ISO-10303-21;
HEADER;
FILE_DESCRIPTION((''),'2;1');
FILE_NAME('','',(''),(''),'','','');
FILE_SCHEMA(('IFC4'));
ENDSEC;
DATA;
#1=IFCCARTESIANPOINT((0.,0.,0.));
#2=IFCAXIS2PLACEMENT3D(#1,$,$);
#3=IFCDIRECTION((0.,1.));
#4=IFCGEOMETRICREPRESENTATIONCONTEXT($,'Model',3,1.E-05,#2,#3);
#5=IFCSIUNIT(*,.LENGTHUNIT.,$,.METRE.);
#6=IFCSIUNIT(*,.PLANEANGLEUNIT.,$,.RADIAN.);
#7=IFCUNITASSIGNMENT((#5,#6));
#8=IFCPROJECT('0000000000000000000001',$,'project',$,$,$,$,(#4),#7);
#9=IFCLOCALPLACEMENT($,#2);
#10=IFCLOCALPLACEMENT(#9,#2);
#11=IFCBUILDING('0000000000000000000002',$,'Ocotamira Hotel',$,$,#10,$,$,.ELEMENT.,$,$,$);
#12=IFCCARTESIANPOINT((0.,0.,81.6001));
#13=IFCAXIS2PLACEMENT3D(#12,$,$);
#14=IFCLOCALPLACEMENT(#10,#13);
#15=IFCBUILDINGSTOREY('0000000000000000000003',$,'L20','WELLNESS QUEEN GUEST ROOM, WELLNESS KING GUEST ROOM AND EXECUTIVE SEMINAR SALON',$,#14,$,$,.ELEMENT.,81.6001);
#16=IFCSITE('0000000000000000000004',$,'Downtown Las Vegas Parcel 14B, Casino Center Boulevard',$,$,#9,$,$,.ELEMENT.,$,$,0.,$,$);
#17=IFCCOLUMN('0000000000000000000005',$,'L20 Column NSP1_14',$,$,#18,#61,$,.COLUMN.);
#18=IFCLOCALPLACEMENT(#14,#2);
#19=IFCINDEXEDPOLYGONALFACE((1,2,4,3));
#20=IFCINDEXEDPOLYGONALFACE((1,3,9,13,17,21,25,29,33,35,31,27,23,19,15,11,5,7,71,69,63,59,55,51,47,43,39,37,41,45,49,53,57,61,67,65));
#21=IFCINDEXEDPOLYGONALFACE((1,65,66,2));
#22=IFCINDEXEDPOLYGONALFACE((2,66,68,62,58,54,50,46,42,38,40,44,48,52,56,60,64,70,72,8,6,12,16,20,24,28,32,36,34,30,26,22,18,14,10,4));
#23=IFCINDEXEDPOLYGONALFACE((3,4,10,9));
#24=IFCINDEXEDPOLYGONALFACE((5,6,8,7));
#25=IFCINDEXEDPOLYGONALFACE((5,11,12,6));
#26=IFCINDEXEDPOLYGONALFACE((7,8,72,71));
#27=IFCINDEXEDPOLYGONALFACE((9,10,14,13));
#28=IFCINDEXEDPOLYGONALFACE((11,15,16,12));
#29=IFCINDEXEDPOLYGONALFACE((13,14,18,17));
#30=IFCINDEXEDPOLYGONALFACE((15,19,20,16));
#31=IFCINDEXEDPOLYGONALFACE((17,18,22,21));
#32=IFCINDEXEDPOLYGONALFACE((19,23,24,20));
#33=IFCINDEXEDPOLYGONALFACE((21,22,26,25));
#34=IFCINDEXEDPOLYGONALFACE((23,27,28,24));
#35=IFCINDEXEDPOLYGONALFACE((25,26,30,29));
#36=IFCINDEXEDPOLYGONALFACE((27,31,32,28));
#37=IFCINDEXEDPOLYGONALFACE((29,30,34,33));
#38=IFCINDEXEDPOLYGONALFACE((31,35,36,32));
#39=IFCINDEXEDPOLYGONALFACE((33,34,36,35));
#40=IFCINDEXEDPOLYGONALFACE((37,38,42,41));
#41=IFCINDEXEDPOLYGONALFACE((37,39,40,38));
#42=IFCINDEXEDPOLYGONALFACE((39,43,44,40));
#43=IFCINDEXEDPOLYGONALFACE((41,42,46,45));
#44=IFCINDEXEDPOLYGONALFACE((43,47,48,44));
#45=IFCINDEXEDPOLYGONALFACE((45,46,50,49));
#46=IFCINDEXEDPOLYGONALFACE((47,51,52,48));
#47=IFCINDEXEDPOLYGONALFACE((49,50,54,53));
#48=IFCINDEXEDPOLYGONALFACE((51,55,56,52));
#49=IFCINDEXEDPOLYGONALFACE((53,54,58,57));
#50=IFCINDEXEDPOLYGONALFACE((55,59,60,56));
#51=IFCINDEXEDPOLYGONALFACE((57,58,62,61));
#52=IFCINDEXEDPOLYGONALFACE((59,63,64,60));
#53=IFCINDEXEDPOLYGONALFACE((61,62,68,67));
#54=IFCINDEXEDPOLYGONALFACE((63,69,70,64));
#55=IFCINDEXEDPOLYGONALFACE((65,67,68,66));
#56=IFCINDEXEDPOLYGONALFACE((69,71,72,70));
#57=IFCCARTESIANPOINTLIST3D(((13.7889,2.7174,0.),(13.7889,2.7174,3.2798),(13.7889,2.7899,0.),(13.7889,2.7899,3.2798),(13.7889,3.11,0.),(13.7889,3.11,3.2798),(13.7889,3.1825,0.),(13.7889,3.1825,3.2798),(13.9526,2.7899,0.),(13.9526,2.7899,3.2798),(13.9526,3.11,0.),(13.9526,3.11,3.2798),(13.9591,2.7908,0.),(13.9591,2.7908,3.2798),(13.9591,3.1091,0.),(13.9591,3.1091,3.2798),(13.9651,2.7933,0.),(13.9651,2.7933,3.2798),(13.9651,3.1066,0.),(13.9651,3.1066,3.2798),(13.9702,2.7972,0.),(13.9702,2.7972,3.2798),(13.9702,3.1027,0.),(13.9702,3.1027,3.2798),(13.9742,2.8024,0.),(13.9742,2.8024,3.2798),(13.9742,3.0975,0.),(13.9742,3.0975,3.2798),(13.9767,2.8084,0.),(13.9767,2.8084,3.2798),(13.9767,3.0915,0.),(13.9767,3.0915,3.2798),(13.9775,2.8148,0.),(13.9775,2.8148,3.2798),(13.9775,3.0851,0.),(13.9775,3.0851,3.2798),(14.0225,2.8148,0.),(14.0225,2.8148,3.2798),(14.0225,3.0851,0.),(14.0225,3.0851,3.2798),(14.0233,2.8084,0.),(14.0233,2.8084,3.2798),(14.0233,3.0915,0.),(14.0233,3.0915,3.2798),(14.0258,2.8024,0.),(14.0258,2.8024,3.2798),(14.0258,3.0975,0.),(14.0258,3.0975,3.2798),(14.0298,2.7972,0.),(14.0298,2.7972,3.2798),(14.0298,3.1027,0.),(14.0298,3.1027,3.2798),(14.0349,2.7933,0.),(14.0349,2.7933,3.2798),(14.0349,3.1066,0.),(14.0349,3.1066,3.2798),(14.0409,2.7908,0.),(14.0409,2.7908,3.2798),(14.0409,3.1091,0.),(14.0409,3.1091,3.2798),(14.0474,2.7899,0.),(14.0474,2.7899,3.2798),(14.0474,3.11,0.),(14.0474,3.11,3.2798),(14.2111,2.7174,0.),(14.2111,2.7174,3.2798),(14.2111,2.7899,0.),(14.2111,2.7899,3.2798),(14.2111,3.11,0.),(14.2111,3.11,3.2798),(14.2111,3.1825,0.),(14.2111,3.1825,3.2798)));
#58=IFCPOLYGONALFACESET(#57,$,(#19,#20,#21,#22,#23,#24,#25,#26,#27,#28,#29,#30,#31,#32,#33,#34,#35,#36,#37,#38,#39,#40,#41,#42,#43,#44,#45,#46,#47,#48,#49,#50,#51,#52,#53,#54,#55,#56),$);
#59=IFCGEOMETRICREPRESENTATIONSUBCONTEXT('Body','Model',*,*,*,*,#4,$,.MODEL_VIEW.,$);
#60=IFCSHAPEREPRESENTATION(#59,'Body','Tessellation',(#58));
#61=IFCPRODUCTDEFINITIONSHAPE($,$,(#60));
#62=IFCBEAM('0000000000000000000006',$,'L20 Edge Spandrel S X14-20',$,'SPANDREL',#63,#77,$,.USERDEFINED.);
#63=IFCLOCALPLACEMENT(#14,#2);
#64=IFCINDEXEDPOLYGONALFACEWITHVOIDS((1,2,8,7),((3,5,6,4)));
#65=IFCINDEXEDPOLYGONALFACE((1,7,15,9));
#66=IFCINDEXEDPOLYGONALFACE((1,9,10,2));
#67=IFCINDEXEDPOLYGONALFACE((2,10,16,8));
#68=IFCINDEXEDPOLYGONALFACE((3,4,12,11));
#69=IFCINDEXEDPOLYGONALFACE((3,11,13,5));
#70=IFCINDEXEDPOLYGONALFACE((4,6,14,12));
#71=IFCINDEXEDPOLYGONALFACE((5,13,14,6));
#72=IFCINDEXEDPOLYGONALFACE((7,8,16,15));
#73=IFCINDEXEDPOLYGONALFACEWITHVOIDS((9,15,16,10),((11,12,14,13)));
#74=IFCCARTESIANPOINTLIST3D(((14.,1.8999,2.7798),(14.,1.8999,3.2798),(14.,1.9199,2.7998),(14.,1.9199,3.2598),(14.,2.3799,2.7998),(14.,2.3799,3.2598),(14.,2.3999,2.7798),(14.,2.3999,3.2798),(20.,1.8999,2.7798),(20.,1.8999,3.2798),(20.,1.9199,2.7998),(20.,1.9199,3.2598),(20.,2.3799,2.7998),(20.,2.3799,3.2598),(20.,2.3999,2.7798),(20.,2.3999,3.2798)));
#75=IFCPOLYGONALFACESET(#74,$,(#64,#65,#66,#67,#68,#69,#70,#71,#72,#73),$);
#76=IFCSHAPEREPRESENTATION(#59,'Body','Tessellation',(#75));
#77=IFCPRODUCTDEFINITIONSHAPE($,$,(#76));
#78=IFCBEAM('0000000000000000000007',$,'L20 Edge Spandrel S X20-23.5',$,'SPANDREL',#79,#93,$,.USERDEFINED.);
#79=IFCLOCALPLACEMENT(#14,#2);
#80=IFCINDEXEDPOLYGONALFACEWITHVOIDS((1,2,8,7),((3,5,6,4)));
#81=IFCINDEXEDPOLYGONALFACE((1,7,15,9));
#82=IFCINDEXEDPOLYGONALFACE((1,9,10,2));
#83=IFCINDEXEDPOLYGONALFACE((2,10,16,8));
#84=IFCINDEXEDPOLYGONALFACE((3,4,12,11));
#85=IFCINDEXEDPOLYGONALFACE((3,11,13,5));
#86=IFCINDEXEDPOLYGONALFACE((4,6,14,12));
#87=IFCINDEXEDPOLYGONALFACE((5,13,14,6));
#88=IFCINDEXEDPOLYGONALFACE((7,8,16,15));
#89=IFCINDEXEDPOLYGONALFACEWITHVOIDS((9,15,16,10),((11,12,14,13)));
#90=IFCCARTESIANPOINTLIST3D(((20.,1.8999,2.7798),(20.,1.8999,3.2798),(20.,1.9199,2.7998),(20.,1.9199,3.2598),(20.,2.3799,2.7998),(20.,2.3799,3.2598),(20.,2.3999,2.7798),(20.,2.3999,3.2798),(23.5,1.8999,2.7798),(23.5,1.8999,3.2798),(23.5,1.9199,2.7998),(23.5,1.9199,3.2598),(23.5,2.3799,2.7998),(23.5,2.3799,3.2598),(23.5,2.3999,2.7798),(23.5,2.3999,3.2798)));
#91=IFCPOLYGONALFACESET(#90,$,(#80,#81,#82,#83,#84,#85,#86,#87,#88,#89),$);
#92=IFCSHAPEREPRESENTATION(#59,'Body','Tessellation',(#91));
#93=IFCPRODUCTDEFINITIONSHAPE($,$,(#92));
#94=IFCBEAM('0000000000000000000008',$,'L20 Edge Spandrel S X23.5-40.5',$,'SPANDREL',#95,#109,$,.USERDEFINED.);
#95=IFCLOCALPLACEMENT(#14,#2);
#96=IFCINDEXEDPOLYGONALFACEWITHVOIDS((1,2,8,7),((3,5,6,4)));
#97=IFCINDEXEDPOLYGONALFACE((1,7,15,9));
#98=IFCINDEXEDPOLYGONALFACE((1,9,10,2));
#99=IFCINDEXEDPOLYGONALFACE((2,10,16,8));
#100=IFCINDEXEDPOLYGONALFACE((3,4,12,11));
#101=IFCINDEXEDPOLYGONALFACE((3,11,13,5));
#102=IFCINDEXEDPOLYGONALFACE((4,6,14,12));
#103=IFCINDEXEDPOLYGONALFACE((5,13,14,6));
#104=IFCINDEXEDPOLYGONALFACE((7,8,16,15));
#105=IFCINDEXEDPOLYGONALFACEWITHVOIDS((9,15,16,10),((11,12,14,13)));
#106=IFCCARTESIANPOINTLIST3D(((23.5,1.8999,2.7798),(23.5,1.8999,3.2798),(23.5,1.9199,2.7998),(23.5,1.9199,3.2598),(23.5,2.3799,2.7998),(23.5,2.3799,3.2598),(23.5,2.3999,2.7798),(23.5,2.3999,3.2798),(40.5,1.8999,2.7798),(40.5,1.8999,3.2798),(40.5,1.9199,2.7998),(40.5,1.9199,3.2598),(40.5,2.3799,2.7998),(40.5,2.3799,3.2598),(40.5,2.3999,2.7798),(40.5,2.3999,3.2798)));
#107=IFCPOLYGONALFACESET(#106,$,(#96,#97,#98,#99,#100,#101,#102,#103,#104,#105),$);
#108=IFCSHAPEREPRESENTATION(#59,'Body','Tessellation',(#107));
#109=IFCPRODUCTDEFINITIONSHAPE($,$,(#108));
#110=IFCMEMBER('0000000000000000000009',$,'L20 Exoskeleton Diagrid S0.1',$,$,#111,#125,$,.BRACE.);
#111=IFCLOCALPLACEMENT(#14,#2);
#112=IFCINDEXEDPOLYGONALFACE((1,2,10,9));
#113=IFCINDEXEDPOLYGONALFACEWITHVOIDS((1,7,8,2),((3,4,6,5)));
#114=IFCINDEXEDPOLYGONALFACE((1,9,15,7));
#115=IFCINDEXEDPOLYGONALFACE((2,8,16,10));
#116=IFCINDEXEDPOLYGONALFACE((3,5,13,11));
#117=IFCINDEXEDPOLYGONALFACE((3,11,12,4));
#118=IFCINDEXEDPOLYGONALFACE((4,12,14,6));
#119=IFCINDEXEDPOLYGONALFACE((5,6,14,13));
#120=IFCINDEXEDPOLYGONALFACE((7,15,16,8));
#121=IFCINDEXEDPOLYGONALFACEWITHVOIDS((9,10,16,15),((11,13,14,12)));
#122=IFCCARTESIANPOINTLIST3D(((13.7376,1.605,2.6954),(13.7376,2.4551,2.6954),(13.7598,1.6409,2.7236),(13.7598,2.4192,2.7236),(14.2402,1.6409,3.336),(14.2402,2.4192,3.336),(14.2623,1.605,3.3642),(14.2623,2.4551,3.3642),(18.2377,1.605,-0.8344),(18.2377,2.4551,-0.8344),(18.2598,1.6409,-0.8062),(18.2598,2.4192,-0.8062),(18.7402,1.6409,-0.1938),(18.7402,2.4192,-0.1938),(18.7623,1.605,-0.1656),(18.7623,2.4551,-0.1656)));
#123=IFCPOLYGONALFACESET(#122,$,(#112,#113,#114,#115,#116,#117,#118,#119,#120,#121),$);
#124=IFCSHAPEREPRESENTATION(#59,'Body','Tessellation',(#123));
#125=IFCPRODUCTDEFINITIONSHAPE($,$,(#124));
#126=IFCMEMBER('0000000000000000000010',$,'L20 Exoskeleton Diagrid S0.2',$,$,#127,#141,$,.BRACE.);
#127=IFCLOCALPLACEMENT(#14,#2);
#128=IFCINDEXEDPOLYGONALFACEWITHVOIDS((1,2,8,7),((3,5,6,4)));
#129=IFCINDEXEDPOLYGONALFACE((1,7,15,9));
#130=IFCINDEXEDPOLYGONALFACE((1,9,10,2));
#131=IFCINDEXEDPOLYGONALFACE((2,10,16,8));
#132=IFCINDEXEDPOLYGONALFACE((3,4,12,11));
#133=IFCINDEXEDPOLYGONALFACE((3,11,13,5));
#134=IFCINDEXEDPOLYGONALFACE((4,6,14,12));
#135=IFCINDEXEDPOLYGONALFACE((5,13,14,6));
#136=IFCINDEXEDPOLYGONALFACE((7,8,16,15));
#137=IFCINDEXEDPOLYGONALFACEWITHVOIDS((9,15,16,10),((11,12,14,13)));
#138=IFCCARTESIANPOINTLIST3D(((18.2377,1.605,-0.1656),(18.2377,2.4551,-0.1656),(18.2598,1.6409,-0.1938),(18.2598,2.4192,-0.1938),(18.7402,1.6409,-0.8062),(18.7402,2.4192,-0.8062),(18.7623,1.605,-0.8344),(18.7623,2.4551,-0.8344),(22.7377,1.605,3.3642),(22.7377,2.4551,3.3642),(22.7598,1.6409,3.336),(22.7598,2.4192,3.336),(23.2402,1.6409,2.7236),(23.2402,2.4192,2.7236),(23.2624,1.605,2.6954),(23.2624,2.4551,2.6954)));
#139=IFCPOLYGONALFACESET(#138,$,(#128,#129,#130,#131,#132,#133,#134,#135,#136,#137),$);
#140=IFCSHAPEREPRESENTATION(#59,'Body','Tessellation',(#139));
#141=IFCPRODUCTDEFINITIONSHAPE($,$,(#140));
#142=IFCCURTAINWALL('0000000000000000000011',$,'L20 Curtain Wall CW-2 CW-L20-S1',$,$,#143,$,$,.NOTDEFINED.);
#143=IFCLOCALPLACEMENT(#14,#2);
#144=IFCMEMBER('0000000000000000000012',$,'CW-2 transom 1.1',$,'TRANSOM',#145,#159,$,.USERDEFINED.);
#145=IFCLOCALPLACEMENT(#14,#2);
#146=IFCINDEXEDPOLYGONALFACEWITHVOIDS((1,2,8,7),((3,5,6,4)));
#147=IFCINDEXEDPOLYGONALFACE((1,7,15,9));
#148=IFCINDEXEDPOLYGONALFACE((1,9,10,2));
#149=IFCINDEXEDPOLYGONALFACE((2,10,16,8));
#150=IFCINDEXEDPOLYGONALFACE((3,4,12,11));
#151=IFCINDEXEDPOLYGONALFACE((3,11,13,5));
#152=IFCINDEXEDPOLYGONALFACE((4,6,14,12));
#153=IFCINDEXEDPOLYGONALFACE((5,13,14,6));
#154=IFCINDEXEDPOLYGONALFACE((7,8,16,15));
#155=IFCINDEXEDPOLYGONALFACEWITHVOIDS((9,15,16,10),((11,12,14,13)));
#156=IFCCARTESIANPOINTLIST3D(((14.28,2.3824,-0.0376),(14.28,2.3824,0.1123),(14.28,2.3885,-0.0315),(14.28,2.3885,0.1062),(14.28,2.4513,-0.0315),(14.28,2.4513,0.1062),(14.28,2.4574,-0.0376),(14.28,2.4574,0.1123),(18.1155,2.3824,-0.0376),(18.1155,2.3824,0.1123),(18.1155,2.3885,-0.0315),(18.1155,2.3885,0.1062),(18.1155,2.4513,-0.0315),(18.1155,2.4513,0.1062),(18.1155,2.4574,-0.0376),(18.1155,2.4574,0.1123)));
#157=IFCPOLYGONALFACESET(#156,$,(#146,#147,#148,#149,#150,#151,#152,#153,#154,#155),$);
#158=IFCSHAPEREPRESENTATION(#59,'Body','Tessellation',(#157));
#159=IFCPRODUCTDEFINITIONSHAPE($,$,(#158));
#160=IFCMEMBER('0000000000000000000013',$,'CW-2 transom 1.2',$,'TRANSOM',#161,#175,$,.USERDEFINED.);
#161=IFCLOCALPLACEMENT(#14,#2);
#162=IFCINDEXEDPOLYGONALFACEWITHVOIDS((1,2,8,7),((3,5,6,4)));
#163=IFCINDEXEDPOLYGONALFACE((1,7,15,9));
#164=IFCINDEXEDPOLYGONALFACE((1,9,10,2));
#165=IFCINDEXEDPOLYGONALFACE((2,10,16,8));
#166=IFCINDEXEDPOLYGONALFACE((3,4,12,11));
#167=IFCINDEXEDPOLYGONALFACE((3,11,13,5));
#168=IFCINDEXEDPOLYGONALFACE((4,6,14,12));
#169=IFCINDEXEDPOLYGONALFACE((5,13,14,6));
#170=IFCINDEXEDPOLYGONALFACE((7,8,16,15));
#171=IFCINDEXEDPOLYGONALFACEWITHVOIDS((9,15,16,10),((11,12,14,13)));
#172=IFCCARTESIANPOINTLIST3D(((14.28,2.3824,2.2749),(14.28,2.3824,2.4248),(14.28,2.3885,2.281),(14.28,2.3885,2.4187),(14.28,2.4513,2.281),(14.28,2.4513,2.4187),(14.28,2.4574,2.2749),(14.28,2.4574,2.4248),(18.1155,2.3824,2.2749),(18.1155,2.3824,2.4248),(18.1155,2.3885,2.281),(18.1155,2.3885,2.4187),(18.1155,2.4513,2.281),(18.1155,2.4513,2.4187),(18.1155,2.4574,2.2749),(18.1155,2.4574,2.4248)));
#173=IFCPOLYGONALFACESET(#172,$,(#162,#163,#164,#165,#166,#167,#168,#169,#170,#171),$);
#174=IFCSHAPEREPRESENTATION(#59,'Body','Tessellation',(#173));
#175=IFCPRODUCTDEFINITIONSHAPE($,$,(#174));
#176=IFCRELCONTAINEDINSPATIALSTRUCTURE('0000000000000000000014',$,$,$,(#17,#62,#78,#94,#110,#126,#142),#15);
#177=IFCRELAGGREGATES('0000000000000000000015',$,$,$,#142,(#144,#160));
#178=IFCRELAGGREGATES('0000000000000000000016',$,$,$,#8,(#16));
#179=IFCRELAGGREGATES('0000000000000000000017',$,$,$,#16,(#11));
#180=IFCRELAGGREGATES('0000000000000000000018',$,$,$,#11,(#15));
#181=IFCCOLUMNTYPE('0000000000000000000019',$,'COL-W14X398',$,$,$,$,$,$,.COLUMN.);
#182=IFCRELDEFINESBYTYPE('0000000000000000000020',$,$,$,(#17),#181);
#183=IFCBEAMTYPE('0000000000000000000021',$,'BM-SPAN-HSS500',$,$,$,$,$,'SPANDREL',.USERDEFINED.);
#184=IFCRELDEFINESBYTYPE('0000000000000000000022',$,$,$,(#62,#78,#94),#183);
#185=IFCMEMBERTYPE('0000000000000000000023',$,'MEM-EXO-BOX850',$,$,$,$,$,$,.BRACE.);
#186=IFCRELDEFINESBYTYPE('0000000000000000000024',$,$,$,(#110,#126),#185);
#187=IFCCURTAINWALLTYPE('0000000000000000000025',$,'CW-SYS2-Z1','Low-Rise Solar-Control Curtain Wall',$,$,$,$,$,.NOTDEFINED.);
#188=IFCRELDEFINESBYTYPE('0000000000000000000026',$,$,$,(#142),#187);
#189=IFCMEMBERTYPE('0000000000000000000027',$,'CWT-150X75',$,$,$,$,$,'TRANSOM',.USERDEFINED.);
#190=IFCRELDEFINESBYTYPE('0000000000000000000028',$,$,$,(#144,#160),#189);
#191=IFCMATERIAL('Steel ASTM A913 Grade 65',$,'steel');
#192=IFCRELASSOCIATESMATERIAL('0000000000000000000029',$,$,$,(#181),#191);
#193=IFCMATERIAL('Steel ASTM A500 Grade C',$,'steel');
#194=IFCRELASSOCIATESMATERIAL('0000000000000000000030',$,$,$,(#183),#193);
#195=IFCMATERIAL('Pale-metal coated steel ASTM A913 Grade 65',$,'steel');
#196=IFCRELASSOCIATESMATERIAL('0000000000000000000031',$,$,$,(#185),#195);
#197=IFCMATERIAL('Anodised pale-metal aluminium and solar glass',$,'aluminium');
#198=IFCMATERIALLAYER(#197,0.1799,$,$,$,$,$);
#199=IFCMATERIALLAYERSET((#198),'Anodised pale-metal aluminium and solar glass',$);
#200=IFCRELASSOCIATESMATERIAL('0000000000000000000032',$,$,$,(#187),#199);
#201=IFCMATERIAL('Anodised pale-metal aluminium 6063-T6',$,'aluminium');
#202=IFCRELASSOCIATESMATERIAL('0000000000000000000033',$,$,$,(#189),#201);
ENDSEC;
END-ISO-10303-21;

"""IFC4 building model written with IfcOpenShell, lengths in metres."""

from ifc_helpers import new_model, si_unit, direction, frame, origin, origin_2d, place, context, subcontext, project, spatial, hollow_rectangle, i_section, extrude, source, transform, mapped, material, layer, layer_set, material_profile, profile_set, type_object, element, aggregate, save


model = new_model("IFC4")

# Units and contexts
model_context = context("Model", 3, precision=1e-05, world=origin(), true_north=direction((0.0, 1.0)))
body_context = subcontext(model_context, "Body", "Model", "MODEL_VIEW")
ifc_project = project(units=[si_unit("LENGTHUNIT", "METRE"), si_unit("PLANEANGLEUNIT", "RADIAN")], contexts=[model_context])

# Site, building, storey
site_placement = place(None, origin())
site = spatial("IfcSite", under=ifc_project, at=site_placement, Name="Downtown Las Vegas Parcel 14B, Casino Center Boulevard", CompositionType="ELEMENT", RefElevation=0.0)
building_placement = place(site_placement, origin())
building = spatial("IfcBuilding", under=site, at=building_placement, Name="Ocotamira Hotel", CompositionType="ELEMENT")
storey_placement = place(building_placement, frame((0.0, 0.0, 81.6001)))
storey = spatial("IfcBuildingStorey", under=building, at=storey_placement, Name="L20", Description="WELLNESS QUEEN GUEST ROOM, WELLNESS KING GUEST ROOM AND EXECUTIVE SEMINAR SALON", CompositionType="ELEMENT", Elevation=81.6001)

# Column
ifc_material_1 = material(Name="Steel ASTM A913 Grade 65", Category="steel")
ifc_material_profile_1 = material_profile(ifc_material_1, i_section(OverallWidth=0.4221, OverallDepth=0.4651, WebThickness=0.0449, FlangeThickness=0.0725, FilletRadius=0.0249, at=origin_2d()), Name="W14X398")
ifc_profile_set_1 = profile_set([ifc_material_profile_1], Name="Steel ASTM A913 Grade 65")
column_type = type_object("IfcColumnType", Name="COL-W14X398", PredefinedType="COLUMN", material=ifc_profile_set_1)
shared_shape_1 = source(origin(), body_context, "Body", "SweptSolid", [
    extrude(i_section(OverallWidth=0.4221, OverallDepth=0.4651, WebThickness=0.0449, FlangeThickness=0.0725, FilletRadius=0.0249, at=origin_2d()), origin(), (0.0, 0.0, 1.0), 3.2798),
])
column_placement = place(storey_placement, frame((14.0, 2.95, 0.0), z_axis=(0.0, 0.0, 1.0), x_axis=(1.0, 0.0, 0.0)))
element("IfcColumn", 1, at=column_placement, inside=storey, type_object=column_type, Name="L20 Column NSP1_14", PredefinedType="COLUMN", context=body_context, shape_type="MappedRepresentation", body=[
    mapped(shared_shape_1, transform((0.0, 0.0, 0.0), scale=1.0)),
])

# Beams
ifc_material_2 = material(Name="Steel ASTM A500 Grade C", Category="steel")
ifc_material_profile_2 = material_profile(ifc_material_2, hollow_rectangle(XDim=0.5, YDim=0.5, WallThickness=0.02, at=origin_2d()), Name="HSS500X500X20")
ifc_profile_set_2 = profile_set([ifc_material_profile_2], Name="Steel ASTM A500 Grade C")
beam_type = type_object("IfcBeamType", Name="BM-SPAN-HSS500", ElementType="SPANDREL", PredefinedType="USERDEFINED", material=ifc_profile_set_2)
shared_shape_2 = source(origin(), body_context, "Body", "SweptSolid", [
    extrude(hollow_rectangle(XDim=0.5, YDim=0.5, WallThickness=0.02, at=origin_2d()), origin(), (0.0, 0.0, 1.0), 6.0),
])
beam_1_placement = place(storey_placement, frame((14.0, 2.1499, 3.0298), z_axis=(1.0, 0.0, 0.0), x_axis=(0.0, 1.0, 0.0)))
element("IfcBeam", 2, at=beam_1_placement, inside=storey, type_object=beam_type, Name="L20 Edge Spandrel S X14-20", ObjectType="SPANDREL", PredefinedType="USERDEFINED", context=body_context, shape_type="MappedRepresentation", body=[
    mapped(shared_shape_2, transform((0.0, 0.0, 0.0), scale=1.0)),
])
shared_shape_3 = source(origin(), body_context, "Body", "SweptSolid", [
    extrude(hollow_rectangle(XDim=0.5, YDim=0.5, WallThickness=0.02, at=origin_2d()), origin(), (0.0, 0.0, 1.0), 3.5),
])
beam_2_placement = place(storey_placement, frame((20.0, 2.1499, 3.0298), z_axis=(1.0, 0.0, 0.0), x_axis=(0.0, 1.0, 0.0)))
element("IfcBeam", 3, at=beam_2_placement, inside=storey, type_object=beam_type, Name="L20 Edge Spandrel S X20-23.5", ObjectType="SPANDREL", PredefinedType="USERDEFINED", context=body_context, shape_type="MappedRepresentation", body=[
    mapped(shared_shape_3, transform((0.0, 0.0, 0.0), scale=1.0)),
])
shared_shape_4 = source(origin(), body_context, "Body", "SweptSolid", [
    extrude(hollow_rectangle(XDim=0.5, YDim=0.5, WallThickness=0.02, at=origin_2d()), origin(), (0.0, 0.0, 1.0), 17.0),
])
beam_3_placement = place(storey_placement, frame((23.5, 2.1499, 3.0298), z_axis=(1.0, 0.0, 0.0), x_axis=(0.0, 1.0, 0.0)))
element("IfcBeam", 4, at=beam_3_placement, inside=storey, type_object=beam_type, Name="L20 Edge Spandrel S X23.5-40.5", ObjectType="SPANDREL", PredefinedType="USERDEFINED", context=body_context, shape_type="MappedRepresentation", body=[
    mapped(shared_shape_4, transform((0.0, 0.0, 0.0), scale=1.0)),
])

# Members
ifc_material_3 = material(Name="Pale-metal coated steel ASTM A913 Grade 65", Category="steel")
ifc_material_profile_3 = material_profile(ifc_material_3, hollow_rectangle(XDim=0.8501, YDim=0.8501, WallThickness=0.0359, at=origin_2d()), Name="BOX850X850X36")
ifc_profile_set_3 = profile_set([ifc_material_profile_3], Name="Pale-metal coated steel ASTM A913 Grade 65")
member_type_1 = type_object("IfcMemberType", Name="MEM-EXO-BOX850", PredefinedType="BRACE", material=ifc_profile_set_3)
shared_shape_5 = source(origin(), body_context, "Body", "SweptSolid", [
    extrude(hollow_rectangle(XDim=0.8501, YDim=0.8501, WallThickness=0.0359, at=origin_2d()), origin(), (0.0, 0.0, 1.0), 5.7192),
])
for number, where, z_axis, x_axis, name in (
    (5, (18.5, 2.03, -0.5), (-0.786822, 0.0, 0.61718), (0.0, -1.0, 0.0), "L20 Exoskeleton Diagrid S0.1"),
    (6, (18.5, 2.03, -0.5), (0.786822, 0.0, 0.61718), (0.0, 1.0, 0.0), "L20 Exoskeleton Diagrid S0.2"),
):
    element("IfcMember", number, at=place(storey_placement, frame(where, z_axis=z_axis, x_axis=x_axis)), inside=storey, type_object=member_type_1, Name=name, PredefinedType="BRACE", context=body_context, shape_type="MappedRepresentation", body=[
        mapped(shared_shape_5, transform((0.0, 0.0, 0.0), scale=1.0)),
    ])

# Curtain wall, members
ifc_material_4 = material(Name="Anodised pale-metal aluminium and solar glass", Category="aluminium")
ifc_layer_1 = layer(ifc_material_4, 0.1799)
ifc_layer_set_1 = layer_set([ifc_layer_1], Name="Anodised pale-metal aluminium and solar glass")
curtain_wall_type = type_object("IfcCurtainWallType", Name="CW-SYS2-Z1", Description="Low-Rise Solar-Control Curtain Wall", PredefinedType="NOTDEFINED", material=ifc_layer_set_1)
curtain_wall_placement = place(storey_placement, origin())
curtain_wall = element("IfcCurtainWall", 7, at=curtain_wall_placement, inside=storey, type_object=curtain_wall_type, Name="L20 Curtain Wall CW-2 CW-L20-S1", PredefinedType="NOTDEFINED")
ifc_material_5 = material(Name="Anodised pale-metal aluminium 6063-T6", Category="aluminium")
ifc_material_profile_4 = material_profile(ifc_material_5, hollow_rectangle(XDim=0.075, YDim=0.1499, WallThickness=0.0061, at=origin_2d()), Name="HSS150X75X6")
ifc_profile_set_4 = profile_set([ifc_material_profile_4], Name="Anodised pale-metal aluminium 6063-T6")
member_type_2 = type_object("IfcMemberType", Name="CWT-150X75", ElementType="TRANSOM", PredefinedType="USERDEFINED", material=ifc_profile_set_4)
shared_shape_6 = source(origin(), body_context, "Body", "SweptSolid", [
    extrude(hollow_rectangle(XDim=0.075, YDim=0.1499, WallThickness=0.0061, at=origin_2d()), origin(), (0.0, 0.0, 1.0), 3.8354),
])
member_1_placement = place(storey_placement, frame((14.28, 2.4199, 0.0374), z_axis=(1.0, 0.0, 0.0), x_axis=(0.0, 1.0, 0.0)))
member_1 = element("IfcMember", 8, at=member_1_placement, type_object=member_type_2, Name="CW-2 transom 1.1", ObjectType="TRANSOM", PredefinedType="USERDEFINED", context=body_context, shape_type="MappedRepresentation", body=[
    mapped(shared_shape_6, transform((0.0, 0.0, 0.0), scale=1.0)),
])
member_2_placement = place(storey_placement, frame((14.28, 2.4199, 2.3499), z_axis=(1.0, 0.0, 0.0), x_axis=(0.0, 1.0, 0.0)))
member_2 = element("IfcMember", 9, at=member_2_placement, type_object=member_type_2, Name="CW-2 transom 1.2", ObjectType="TRANSOM", PredefinedType="USERDEFINED", context=body_context, shape_type="MappedRepresentation", body=[
    mapped(shared_shape_6, transform((0.0, 0.0, 0.0), scale=1.0)),
])

aggregate(curtain_wall, [member_1, member_2])

save(model, "model.ifc")
